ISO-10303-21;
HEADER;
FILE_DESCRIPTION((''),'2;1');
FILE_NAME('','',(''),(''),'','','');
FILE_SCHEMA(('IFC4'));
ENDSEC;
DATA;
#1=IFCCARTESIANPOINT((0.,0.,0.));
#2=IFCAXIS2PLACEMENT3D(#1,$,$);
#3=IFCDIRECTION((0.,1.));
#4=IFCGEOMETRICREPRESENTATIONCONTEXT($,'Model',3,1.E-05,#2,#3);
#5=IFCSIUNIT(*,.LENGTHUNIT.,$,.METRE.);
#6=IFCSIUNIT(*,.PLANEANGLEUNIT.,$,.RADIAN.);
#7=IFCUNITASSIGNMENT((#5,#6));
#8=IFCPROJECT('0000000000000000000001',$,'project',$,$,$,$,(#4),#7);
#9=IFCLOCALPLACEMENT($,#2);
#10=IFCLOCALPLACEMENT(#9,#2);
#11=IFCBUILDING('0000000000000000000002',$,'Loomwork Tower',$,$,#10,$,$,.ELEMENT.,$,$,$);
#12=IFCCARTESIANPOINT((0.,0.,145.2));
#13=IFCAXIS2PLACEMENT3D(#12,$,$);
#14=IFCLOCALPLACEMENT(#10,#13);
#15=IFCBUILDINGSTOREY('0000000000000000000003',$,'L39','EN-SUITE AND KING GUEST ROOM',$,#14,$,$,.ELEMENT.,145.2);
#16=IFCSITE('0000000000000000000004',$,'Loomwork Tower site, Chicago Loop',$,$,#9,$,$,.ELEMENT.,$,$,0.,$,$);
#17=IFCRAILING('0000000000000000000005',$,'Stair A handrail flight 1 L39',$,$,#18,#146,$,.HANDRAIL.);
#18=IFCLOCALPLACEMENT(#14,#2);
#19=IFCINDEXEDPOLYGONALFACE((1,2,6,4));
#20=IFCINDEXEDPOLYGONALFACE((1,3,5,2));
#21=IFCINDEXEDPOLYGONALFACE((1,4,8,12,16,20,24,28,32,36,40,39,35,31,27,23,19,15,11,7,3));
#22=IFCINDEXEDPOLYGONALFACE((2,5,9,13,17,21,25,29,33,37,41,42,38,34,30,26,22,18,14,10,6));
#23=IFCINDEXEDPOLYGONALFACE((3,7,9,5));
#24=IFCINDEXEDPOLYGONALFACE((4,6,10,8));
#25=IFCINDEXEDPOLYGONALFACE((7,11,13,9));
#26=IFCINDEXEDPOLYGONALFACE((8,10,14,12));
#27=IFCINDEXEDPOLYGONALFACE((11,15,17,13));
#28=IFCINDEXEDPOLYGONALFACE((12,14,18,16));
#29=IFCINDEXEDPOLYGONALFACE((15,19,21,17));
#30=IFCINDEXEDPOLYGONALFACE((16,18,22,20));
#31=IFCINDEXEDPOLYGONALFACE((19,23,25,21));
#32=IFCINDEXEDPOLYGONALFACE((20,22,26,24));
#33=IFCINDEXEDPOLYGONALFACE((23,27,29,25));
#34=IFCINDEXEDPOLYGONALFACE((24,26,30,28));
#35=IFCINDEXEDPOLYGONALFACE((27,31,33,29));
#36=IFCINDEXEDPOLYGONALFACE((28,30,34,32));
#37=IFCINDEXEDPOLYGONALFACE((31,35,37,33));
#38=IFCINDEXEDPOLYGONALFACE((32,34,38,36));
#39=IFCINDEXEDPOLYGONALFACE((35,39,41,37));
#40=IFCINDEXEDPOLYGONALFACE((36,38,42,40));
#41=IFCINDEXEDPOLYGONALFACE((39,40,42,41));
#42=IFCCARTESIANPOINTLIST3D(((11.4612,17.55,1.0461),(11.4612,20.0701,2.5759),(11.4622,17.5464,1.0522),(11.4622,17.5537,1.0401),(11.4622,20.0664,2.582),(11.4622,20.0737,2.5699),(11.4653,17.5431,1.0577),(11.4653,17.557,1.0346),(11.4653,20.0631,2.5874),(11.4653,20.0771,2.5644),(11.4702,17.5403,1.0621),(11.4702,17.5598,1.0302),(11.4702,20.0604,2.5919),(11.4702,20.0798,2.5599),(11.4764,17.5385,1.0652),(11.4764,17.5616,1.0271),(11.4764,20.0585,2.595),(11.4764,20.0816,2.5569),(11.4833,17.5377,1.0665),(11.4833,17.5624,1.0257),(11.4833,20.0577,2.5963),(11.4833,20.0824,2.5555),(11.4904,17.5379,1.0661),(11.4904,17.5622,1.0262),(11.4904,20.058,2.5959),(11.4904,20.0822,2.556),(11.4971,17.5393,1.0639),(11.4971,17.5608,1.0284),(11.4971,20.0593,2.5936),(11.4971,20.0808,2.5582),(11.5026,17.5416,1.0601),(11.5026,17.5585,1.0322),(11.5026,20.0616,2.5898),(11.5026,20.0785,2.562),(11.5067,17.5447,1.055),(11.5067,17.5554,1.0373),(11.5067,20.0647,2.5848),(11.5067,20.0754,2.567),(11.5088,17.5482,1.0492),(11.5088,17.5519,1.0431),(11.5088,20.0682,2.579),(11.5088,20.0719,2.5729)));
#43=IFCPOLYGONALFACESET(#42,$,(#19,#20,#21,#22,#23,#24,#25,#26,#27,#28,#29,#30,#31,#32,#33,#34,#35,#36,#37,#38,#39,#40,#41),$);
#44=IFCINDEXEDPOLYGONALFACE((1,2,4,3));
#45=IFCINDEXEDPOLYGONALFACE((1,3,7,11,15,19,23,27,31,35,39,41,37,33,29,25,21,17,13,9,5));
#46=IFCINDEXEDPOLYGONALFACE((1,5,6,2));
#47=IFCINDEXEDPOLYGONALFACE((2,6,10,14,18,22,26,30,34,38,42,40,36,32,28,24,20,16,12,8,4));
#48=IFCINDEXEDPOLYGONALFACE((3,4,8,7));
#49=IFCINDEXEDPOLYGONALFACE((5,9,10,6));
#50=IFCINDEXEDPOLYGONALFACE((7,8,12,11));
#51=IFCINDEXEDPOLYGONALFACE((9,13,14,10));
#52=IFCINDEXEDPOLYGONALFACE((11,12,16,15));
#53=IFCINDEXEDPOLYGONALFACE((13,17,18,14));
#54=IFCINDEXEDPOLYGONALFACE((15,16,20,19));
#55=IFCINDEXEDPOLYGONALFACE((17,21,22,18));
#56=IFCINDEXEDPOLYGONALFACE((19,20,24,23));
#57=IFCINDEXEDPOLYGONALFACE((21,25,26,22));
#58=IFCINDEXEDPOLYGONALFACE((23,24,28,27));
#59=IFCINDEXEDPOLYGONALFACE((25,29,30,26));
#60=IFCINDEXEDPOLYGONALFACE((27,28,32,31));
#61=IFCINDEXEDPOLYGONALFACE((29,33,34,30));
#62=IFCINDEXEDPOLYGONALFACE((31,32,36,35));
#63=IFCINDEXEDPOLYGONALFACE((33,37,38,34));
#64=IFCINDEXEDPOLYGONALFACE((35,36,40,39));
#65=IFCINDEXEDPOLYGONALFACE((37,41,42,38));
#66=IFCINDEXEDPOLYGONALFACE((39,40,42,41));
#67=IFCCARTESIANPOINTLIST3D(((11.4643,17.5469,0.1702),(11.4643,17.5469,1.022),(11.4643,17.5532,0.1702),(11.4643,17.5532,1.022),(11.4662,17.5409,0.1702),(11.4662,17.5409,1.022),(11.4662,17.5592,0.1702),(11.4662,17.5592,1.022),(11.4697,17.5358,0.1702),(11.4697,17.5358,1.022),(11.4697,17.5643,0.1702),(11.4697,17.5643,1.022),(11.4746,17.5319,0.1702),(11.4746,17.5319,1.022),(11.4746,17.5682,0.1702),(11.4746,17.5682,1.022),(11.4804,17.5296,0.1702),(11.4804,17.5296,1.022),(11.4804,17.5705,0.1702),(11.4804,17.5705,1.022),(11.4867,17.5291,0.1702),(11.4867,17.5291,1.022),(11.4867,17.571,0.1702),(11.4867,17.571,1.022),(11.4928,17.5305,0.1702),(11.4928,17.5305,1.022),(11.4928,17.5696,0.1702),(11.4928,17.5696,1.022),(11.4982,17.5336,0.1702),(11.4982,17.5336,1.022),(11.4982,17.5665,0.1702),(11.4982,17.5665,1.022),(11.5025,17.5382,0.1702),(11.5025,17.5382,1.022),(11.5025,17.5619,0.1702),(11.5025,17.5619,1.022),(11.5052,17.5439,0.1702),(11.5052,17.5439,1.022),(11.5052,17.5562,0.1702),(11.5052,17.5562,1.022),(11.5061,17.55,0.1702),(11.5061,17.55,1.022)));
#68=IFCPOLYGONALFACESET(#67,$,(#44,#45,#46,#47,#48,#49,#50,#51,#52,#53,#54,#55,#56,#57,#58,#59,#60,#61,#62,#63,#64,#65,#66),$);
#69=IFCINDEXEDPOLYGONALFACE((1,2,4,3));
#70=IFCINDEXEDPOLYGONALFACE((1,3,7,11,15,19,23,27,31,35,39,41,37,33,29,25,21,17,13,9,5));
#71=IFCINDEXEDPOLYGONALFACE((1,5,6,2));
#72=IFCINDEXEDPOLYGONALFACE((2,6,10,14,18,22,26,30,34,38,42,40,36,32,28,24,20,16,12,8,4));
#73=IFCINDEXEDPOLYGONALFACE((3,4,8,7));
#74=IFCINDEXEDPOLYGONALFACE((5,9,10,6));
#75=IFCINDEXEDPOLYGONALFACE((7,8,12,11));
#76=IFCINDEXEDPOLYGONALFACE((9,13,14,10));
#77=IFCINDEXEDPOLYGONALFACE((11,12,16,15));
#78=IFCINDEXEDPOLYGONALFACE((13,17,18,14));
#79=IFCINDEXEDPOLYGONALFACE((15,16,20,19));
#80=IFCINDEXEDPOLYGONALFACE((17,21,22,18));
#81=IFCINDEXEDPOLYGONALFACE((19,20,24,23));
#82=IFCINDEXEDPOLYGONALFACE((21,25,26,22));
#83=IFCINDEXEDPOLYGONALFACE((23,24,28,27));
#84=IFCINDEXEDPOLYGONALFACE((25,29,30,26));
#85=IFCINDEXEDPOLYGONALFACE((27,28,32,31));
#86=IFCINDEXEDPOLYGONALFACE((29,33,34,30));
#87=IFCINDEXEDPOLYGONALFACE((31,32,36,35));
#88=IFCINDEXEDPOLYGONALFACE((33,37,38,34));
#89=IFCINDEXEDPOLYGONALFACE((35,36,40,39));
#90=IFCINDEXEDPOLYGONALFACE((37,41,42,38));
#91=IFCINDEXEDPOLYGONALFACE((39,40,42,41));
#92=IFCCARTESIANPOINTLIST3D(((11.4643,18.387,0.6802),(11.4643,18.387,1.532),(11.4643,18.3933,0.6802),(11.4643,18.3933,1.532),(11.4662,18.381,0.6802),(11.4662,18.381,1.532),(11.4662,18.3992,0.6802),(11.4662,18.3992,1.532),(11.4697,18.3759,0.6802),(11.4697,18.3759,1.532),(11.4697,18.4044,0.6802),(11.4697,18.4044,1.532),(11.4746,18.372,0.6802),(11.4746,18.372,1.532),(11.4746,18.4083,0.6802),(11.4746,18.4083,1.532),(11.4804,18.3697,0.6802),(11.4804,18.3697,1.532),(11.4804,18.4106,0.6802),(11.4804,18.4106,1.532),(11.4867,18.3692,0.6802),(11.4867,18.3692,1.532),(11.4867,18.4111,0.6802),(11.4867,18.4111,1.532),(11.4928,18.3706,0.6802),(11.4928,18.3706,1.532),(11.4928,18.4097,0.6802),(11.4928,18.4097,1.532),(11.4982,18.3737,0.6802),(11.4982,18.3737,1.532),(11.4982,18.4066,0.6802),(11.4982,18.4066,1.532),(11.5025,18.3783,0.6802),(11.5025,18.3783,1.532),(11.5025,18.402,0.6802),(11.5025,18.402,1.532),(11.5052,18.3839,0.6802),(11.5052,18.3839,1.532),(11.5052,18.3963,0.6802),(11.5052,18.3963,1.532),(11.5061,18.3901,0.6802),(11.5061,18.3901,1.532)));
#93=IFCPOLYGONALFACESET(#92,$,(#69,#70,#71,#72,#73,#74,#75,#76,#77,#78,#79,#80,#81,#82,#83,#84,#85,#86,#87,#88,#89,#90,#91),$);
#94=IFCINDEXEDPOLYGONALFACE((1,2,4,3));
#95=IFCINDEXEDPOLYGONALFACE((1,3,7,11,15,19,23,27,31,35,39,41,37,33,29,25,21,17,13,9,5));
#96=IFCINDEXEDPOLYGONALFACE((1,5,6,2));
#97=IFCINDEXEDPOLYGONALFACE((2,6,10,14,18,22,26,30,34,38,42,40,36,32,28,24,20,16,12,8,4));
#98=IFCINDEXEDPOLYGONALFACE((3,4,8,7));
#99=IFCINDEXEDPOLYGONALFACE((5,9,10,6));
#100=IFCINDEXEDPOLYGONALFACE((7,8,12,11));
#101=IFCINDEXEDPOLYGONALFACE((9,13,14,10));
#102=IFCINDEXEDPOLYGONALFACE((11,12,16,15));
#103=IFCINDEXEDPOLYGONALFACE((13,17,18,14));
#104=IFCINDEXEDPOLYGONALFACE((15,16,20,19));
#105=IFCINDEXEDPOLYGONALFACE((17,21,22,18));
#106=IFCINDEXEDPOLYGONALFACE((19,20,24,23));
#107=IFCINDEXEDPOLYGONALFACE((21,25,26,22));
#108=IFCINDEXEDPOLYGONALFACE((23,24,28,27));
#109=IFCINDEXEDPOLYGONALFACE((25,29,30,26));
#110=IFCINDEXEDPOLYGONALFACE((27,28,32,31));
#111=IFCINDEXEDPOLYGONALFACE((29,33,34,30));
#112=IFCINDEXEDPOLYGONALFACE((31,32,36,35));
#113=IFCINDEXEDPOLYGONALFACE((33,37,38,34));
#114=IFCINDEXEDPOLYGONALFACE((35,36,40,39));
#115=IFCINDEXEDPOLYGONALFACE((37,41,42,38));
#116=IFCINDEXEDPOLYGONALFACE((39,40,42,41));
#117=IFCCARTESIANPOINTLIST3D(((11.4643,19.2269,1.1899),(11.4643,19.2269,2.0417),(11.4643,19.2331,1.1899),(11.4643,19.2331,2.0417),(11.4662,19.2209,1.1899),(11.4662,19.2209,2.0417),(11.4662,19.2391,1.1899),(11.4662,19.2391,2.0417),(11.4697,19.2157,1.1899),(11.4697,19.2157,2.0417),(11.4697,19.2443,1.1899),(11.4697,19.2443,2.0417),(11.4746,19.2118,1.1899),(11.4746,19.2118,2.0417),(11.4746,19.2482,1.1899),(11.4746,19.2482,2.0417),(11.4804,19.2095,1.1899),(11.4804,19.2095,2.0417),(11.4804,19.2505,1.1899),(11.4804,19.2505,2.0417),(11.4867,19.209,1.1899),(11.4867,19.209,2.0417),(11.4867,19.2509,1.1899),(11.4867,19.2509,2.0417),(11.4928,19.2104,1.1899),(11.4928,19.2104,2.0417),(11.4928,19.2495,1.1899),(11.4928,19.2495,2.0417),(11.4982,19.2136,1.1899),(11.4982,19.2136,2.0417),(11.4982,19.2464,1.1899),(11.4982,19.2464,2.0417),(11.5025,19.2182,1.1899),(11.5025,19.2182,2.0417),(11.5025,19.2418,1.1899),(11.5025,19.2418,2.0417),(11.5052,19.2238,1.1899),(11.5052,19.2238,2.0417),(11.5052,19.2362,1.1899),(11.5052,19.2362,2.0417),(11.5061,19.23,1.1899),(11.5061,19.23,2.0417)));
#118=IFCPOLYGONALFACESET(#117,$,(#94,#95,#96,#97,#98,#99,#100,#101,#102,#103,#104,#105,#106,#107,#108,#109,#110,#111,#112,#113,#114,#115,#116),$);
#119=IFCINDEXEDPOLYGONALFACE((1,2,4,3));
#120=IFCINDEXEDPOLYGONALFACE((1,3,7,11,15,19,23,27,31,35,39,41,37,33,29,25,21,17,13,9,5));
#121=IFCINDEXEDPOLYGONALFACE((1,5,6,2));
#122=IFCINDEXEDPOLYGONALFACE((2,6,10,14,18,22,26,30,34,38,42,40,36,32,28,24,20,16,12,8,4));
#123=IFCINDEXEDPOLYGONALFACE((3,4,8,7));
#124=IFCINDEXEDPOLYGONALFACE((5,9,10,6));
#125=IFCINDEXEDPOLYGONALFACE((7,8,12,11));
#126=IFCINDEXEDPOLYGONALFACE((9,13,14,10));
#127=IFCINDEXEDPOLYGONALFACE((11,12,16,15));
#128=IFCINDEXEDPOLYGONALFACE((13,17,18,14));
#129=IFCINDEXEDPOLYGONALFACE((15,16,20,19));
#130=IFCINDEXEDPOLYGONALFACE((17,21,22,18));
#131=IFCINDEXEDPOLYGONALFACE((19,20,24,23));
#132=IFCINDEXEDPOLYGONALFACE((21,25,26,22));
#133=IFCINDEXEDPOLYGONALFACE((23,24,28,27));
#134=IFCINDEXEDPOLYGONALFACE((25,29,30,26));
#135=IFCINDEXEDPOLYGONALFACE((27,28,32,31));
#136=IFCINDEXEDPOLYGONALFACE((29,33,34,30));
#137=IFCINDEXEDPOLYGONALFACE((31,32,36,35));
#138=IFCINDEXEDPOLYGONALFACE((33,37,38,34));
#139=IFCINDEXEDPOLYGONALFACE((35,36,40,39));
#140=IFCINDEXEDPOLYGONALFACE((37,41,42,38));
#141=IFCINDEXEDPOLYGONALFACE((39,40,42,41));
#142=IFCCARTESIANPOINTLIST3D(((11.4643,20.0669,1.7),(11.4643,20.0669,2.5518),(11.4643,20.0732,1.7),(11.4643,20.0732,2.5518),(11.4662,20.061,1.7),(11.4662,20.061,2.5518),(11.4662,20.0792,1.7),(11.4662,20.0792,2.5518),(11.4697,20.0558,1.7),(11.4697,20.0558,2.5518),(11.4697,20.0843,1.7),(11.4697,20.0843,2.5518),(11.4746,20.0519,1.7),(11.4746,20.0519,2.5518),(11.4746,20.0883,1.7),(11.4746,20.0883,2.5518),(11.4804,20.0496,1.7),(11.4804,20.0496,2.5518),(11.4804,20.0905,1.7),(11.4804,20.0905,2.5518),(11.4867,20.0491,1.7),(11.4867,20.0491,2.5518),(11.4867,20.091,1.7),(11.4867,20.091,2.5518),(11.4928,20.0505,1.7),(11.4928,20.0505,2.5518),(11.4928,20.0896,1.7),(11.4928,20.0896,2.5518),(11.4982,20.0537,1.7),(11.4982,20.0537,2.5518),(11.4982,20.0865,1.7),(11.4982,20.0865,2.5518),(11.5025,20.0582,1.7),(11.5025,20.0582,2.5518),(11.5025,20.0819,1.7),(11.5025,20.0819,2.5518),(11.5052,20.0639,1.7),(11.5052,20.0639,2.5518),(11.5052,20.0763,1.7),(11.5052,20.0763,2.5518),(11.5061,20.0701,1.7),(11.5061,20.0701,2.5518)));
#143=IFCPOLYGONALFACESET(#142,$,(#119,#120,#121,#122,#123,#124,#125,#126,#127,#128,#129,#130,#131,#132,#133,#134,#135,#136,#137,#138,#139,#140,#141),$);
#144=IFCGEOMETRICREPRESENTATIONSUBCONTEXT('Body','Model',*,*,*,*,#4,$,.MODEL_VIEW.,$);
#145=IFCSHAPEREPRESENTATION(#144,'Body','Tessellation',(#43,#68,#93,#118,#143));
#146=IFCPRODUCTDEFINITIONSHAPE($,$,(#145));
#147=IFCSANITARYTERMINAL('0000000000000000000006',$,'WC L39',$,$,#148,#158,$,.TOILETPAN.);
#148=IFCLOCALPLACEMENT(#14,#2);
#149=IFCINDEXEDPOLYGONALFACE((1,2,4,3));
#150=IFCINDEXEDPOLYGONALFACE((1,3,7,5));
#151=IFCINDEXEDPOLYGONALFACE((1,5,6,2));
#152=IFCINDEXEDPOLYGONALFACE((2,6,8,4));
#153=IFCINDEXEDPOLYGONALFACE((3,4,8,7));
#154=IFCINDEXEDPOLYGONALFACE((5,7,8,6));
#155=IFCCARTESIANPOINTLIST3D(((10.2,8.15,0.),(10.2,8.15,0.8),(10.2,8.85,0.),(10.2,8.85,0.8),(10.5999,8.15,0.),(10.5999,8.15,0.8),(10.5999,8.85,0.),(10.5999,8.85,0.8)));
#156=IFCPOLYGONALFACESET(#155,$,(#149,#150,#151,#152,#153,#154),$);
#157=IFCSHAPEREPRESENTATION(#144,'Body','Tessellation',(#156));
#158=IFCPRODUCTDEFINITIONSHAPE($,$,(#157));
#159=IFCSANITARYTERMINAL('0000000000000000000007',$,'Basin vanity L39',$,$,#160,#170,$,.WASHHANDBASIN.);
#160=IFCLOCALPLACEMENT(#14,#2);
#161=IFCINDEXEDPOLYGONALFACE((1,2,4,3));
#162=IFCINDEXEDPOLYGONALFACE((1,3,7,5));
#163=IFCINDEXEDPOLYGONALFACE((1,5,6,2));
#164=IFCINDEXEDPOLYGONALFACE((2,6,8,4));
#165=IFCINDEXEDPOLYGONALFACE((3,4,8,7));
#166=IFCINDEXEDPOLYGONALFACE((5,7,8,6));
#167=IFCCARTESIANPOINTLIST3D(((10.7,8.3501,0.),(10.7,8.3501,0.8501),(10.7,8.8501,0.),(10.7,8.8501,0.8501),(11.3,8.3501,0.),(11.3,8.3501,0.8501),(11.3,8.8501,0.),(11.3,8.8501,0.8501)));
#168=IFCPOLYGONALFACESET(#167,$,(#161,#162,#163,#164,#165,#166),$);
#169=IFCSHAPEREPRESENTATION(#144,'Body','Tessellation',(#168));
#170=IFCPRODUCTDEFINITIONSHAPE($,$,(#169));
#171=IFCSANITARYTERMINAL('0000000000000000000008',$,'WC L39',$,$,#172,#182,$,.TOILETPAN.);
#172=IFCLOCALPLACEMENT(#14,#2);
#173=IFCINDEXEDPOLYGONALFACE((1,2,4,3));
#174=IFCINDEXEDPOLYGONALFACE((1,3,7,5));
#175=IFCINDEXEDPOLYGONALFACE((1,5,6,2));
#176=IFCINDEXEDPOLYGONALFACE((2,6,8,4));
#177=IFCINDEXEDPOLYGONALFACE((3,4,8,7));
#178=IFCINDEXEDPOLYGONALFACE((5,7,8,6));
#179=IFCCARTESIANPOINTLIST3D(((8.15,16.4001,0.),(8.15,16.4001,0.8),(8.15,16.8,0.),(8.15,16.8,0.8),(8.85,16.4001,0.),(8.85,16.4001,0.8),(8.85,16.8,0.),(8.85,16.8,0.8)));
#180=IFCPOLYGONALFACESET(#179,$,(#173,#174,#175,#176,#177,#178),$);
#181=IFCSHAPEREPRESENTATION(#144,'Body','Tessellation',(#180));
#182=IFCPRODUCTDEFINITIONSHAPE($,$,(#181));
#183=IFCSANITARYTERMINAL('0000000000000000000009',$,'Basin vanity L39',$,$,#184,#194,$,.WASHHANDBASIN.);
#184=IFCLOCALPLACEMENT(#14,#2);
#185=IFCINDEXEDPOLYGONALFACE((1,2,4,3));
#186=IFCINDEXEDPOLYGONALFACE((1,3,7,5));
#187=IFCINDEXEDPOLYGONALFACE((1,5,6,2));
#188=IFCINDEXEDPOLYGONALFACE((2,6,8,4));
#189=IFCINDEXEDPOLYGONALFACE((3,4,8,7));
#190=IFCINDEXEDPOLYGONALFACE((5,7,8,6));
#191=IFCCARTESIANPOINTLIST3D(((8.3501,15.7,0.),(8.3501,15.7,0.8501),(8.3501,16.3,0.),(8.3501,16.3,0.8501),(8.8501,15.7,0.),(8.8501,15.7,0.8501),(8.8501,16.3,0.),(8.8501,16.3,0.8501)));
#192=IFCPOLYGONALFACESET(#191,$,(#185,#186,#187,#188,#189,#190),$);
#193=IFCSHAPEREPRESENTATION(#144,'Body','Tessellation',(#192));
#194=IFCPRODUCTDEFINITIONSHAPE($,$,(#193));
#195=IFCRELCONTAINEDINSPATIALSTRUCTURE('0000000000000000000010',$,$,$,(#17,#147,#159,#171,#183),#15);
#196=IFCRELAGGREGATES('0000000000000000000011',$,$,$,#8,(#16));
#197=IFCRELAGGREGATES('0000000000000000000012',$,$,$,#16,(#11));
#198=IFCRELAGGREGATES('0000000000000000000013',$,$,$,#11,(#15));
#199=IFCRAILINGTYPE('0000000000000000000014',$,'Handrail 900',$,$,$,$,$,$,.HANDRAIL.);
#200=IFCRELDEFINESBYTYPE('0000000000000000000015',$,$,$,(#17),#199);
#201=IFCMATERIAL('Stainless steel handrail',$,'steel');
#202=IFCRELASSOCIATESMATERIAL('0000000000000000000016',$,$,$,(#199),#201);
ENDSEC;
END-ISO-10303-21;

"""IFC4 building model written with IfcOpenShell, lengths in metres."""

from ifc_helpers import new_model, si_unit, direction, frame, origin, origin_2d, place, context, subcontext, project, spatial, rectangle, circle, extrude, material, type_object, element, save


model = new_model("IFC4")

# Units and contexts
model_context = context("Model", 3, precision=1e-05, world=origin(), true_north=direction((0.0, 1.0)))
body_context = subcontext(model_context, "Body", "Model", "MODEL_VIEW")
ifc_project = project(units=[si_unit("LENGTHUNIT", "METRE"), si_unit("PLANEANGLEUNIT", "RADIAN")], contexts=[model_context])

# Site, building, storey
site_placement = place(None, origin())
site = spatial("IfcSite", under=ifc_project, at=site_placement, Name="Loomwork Tower site, Chicago Loop", CompositionType="ELEMENT", RefElevation=0.0)
building_placement = place(site_placement, origin())
building = spatial("IfcBuilding", under=site, at=building_placement, Name="Loomwork Tower", CompositionType="ELEMENT")
storey_placement = place(building_placement, frame((0.0, 0.0, 145.2)))
storey = spatial("IfcBuildingStorey", under=building, at=storey_placement, Name="L39", Description="EN-SUITE AND KING GUEST ROOM", CompositionType="ELEMENT", Elevation=145.2)

# Railing
ifc_material_1 = material(Name="Stainless steel handrail", Category="steel")
railing_type = type_object("IfcRailingType", Name="Handrail 900", PredefinedType="HANDRAIL", material=ifc_material_1)
railing_placement = place(storey_placement, frame((11.4851, 17.55, 0.1702)))
element("IfcRailing", 1, at=railing_placement, inside=storey, type_object=railing_type, Name="Stair A handrail flight 1 L39", PredefinedType="HANDRAIL", context=body_context, shape_type="SweptSolid", body=[
    extrude(circle(Radius=0.0239, at=origin_2d()), frame((0.0, 0.0, 0.876), z_axis=(0.0, 0.854822, 0.518922), x_axis=(-1.0, 0.0, 0.0)), (0.0, 0.0, 1.0), 2.948),
    extrude(circle(Radius=0.021, at=origin_2d()), origin(), (0.0, 0.0, 1.0), 0.8518),
    extrude(circle(Radius=0.021, at=origin_2d()), frame((0.0, 0.8401, 0.51)), (0.0, 0.0, 1.0), 0.8518),
    extrude(circle(Radius=0.021, at=origin_2d()), frame((0.0, 1.6799, 1.0198)), (0.0, 0.0, 1.0), 0.8518),
    extrude(circle(Radius=0.021, at=origin_2d()), frame((0.0, 2.52, 1.5298)), (0.0, 0.0, 1.0), 0.8518),
])

# Sanitary terminals
sanitary_terminal_1_placement = place(storey_placement, frame((10.3999, 8.5, 0.0), z_axis=(0.0, 0.0, 1.0), x_axis=(1.0, 0.0, 0.0)))
element("IfcSanitaryTerminal", 2, at=sanitary_terminal_1_placement, inside=storey, Name="WC L39", PredefinedType="TOILETPAN", context=body_context, shape_type="SweptSolid", body=[
    extrude(rectangle(XDim=0.3999, YDim=0.7, at=origin_2d()), origin(), (0.0, 0.0, 1.0), 0.8),
])
sanitary_terminal_2_placement = place(storey_placement, frame((11.0, 8.6001, 0.0), z_axis=(0.0, 0.0, 1.0), x_axis=(1.0, 0.0, 0.0)))
element("IfcSanitaryTerminal", 3, at=sanitary_terminal_2_placement, inside=storey, Name="Basin vanity L39", PredefinedType="WASHHANDBASIN", context=body_context, shape_type="SweptSolid", body=[
    extrude(rectangle(XDim=0.6001, YDim=0.5, at=origin_2d()), origin(), (0.0, 0.0, 1.0), 0.8501),
])
sanitary_terminal_3_placement = place(storey_placement, frame((8.5, 16.6001, 0.0), z_axis=(0.0, 0.0, 1.0), x_axis=(1.0, 0.0, 0.0)))
element("IfcSanitaryTerminal", 4, at=sanitary_terminal_3_placement, inside=storey, Name="WC L39", PredefinedType="TOILETPAN", context=body_context, shape_type="SweptSolid", body=[
    extrude(rectangle(XDim=0.7, YDim=0.3999, at=origin_2d()), origin(), (0.0, 0.0, 1.0), 0.8),
])
sanitary_terminal_4_placement = place(storey_placement, frame((8.6001, 16.0, 0.0), z_axis=(0.0, 0.0, 1.0), x_axis=(1.0, 0.0, 0.0)))
element("IfcSanitaryTerminal", 5, at=sanitary_terminal_4_placement, inside=storey, Name="Basin vanity L39", PredefinedType="WASHHANDBASIN", context=body_context, shape_type="SweptSolid", body=[
    extrude(rectangle(XDim=0.5, YDim=0.6001, at=origin_2d()), origin(), (0.0, 0.0, 1.0), 0.8501),
])

save(model, "model.ifc")
